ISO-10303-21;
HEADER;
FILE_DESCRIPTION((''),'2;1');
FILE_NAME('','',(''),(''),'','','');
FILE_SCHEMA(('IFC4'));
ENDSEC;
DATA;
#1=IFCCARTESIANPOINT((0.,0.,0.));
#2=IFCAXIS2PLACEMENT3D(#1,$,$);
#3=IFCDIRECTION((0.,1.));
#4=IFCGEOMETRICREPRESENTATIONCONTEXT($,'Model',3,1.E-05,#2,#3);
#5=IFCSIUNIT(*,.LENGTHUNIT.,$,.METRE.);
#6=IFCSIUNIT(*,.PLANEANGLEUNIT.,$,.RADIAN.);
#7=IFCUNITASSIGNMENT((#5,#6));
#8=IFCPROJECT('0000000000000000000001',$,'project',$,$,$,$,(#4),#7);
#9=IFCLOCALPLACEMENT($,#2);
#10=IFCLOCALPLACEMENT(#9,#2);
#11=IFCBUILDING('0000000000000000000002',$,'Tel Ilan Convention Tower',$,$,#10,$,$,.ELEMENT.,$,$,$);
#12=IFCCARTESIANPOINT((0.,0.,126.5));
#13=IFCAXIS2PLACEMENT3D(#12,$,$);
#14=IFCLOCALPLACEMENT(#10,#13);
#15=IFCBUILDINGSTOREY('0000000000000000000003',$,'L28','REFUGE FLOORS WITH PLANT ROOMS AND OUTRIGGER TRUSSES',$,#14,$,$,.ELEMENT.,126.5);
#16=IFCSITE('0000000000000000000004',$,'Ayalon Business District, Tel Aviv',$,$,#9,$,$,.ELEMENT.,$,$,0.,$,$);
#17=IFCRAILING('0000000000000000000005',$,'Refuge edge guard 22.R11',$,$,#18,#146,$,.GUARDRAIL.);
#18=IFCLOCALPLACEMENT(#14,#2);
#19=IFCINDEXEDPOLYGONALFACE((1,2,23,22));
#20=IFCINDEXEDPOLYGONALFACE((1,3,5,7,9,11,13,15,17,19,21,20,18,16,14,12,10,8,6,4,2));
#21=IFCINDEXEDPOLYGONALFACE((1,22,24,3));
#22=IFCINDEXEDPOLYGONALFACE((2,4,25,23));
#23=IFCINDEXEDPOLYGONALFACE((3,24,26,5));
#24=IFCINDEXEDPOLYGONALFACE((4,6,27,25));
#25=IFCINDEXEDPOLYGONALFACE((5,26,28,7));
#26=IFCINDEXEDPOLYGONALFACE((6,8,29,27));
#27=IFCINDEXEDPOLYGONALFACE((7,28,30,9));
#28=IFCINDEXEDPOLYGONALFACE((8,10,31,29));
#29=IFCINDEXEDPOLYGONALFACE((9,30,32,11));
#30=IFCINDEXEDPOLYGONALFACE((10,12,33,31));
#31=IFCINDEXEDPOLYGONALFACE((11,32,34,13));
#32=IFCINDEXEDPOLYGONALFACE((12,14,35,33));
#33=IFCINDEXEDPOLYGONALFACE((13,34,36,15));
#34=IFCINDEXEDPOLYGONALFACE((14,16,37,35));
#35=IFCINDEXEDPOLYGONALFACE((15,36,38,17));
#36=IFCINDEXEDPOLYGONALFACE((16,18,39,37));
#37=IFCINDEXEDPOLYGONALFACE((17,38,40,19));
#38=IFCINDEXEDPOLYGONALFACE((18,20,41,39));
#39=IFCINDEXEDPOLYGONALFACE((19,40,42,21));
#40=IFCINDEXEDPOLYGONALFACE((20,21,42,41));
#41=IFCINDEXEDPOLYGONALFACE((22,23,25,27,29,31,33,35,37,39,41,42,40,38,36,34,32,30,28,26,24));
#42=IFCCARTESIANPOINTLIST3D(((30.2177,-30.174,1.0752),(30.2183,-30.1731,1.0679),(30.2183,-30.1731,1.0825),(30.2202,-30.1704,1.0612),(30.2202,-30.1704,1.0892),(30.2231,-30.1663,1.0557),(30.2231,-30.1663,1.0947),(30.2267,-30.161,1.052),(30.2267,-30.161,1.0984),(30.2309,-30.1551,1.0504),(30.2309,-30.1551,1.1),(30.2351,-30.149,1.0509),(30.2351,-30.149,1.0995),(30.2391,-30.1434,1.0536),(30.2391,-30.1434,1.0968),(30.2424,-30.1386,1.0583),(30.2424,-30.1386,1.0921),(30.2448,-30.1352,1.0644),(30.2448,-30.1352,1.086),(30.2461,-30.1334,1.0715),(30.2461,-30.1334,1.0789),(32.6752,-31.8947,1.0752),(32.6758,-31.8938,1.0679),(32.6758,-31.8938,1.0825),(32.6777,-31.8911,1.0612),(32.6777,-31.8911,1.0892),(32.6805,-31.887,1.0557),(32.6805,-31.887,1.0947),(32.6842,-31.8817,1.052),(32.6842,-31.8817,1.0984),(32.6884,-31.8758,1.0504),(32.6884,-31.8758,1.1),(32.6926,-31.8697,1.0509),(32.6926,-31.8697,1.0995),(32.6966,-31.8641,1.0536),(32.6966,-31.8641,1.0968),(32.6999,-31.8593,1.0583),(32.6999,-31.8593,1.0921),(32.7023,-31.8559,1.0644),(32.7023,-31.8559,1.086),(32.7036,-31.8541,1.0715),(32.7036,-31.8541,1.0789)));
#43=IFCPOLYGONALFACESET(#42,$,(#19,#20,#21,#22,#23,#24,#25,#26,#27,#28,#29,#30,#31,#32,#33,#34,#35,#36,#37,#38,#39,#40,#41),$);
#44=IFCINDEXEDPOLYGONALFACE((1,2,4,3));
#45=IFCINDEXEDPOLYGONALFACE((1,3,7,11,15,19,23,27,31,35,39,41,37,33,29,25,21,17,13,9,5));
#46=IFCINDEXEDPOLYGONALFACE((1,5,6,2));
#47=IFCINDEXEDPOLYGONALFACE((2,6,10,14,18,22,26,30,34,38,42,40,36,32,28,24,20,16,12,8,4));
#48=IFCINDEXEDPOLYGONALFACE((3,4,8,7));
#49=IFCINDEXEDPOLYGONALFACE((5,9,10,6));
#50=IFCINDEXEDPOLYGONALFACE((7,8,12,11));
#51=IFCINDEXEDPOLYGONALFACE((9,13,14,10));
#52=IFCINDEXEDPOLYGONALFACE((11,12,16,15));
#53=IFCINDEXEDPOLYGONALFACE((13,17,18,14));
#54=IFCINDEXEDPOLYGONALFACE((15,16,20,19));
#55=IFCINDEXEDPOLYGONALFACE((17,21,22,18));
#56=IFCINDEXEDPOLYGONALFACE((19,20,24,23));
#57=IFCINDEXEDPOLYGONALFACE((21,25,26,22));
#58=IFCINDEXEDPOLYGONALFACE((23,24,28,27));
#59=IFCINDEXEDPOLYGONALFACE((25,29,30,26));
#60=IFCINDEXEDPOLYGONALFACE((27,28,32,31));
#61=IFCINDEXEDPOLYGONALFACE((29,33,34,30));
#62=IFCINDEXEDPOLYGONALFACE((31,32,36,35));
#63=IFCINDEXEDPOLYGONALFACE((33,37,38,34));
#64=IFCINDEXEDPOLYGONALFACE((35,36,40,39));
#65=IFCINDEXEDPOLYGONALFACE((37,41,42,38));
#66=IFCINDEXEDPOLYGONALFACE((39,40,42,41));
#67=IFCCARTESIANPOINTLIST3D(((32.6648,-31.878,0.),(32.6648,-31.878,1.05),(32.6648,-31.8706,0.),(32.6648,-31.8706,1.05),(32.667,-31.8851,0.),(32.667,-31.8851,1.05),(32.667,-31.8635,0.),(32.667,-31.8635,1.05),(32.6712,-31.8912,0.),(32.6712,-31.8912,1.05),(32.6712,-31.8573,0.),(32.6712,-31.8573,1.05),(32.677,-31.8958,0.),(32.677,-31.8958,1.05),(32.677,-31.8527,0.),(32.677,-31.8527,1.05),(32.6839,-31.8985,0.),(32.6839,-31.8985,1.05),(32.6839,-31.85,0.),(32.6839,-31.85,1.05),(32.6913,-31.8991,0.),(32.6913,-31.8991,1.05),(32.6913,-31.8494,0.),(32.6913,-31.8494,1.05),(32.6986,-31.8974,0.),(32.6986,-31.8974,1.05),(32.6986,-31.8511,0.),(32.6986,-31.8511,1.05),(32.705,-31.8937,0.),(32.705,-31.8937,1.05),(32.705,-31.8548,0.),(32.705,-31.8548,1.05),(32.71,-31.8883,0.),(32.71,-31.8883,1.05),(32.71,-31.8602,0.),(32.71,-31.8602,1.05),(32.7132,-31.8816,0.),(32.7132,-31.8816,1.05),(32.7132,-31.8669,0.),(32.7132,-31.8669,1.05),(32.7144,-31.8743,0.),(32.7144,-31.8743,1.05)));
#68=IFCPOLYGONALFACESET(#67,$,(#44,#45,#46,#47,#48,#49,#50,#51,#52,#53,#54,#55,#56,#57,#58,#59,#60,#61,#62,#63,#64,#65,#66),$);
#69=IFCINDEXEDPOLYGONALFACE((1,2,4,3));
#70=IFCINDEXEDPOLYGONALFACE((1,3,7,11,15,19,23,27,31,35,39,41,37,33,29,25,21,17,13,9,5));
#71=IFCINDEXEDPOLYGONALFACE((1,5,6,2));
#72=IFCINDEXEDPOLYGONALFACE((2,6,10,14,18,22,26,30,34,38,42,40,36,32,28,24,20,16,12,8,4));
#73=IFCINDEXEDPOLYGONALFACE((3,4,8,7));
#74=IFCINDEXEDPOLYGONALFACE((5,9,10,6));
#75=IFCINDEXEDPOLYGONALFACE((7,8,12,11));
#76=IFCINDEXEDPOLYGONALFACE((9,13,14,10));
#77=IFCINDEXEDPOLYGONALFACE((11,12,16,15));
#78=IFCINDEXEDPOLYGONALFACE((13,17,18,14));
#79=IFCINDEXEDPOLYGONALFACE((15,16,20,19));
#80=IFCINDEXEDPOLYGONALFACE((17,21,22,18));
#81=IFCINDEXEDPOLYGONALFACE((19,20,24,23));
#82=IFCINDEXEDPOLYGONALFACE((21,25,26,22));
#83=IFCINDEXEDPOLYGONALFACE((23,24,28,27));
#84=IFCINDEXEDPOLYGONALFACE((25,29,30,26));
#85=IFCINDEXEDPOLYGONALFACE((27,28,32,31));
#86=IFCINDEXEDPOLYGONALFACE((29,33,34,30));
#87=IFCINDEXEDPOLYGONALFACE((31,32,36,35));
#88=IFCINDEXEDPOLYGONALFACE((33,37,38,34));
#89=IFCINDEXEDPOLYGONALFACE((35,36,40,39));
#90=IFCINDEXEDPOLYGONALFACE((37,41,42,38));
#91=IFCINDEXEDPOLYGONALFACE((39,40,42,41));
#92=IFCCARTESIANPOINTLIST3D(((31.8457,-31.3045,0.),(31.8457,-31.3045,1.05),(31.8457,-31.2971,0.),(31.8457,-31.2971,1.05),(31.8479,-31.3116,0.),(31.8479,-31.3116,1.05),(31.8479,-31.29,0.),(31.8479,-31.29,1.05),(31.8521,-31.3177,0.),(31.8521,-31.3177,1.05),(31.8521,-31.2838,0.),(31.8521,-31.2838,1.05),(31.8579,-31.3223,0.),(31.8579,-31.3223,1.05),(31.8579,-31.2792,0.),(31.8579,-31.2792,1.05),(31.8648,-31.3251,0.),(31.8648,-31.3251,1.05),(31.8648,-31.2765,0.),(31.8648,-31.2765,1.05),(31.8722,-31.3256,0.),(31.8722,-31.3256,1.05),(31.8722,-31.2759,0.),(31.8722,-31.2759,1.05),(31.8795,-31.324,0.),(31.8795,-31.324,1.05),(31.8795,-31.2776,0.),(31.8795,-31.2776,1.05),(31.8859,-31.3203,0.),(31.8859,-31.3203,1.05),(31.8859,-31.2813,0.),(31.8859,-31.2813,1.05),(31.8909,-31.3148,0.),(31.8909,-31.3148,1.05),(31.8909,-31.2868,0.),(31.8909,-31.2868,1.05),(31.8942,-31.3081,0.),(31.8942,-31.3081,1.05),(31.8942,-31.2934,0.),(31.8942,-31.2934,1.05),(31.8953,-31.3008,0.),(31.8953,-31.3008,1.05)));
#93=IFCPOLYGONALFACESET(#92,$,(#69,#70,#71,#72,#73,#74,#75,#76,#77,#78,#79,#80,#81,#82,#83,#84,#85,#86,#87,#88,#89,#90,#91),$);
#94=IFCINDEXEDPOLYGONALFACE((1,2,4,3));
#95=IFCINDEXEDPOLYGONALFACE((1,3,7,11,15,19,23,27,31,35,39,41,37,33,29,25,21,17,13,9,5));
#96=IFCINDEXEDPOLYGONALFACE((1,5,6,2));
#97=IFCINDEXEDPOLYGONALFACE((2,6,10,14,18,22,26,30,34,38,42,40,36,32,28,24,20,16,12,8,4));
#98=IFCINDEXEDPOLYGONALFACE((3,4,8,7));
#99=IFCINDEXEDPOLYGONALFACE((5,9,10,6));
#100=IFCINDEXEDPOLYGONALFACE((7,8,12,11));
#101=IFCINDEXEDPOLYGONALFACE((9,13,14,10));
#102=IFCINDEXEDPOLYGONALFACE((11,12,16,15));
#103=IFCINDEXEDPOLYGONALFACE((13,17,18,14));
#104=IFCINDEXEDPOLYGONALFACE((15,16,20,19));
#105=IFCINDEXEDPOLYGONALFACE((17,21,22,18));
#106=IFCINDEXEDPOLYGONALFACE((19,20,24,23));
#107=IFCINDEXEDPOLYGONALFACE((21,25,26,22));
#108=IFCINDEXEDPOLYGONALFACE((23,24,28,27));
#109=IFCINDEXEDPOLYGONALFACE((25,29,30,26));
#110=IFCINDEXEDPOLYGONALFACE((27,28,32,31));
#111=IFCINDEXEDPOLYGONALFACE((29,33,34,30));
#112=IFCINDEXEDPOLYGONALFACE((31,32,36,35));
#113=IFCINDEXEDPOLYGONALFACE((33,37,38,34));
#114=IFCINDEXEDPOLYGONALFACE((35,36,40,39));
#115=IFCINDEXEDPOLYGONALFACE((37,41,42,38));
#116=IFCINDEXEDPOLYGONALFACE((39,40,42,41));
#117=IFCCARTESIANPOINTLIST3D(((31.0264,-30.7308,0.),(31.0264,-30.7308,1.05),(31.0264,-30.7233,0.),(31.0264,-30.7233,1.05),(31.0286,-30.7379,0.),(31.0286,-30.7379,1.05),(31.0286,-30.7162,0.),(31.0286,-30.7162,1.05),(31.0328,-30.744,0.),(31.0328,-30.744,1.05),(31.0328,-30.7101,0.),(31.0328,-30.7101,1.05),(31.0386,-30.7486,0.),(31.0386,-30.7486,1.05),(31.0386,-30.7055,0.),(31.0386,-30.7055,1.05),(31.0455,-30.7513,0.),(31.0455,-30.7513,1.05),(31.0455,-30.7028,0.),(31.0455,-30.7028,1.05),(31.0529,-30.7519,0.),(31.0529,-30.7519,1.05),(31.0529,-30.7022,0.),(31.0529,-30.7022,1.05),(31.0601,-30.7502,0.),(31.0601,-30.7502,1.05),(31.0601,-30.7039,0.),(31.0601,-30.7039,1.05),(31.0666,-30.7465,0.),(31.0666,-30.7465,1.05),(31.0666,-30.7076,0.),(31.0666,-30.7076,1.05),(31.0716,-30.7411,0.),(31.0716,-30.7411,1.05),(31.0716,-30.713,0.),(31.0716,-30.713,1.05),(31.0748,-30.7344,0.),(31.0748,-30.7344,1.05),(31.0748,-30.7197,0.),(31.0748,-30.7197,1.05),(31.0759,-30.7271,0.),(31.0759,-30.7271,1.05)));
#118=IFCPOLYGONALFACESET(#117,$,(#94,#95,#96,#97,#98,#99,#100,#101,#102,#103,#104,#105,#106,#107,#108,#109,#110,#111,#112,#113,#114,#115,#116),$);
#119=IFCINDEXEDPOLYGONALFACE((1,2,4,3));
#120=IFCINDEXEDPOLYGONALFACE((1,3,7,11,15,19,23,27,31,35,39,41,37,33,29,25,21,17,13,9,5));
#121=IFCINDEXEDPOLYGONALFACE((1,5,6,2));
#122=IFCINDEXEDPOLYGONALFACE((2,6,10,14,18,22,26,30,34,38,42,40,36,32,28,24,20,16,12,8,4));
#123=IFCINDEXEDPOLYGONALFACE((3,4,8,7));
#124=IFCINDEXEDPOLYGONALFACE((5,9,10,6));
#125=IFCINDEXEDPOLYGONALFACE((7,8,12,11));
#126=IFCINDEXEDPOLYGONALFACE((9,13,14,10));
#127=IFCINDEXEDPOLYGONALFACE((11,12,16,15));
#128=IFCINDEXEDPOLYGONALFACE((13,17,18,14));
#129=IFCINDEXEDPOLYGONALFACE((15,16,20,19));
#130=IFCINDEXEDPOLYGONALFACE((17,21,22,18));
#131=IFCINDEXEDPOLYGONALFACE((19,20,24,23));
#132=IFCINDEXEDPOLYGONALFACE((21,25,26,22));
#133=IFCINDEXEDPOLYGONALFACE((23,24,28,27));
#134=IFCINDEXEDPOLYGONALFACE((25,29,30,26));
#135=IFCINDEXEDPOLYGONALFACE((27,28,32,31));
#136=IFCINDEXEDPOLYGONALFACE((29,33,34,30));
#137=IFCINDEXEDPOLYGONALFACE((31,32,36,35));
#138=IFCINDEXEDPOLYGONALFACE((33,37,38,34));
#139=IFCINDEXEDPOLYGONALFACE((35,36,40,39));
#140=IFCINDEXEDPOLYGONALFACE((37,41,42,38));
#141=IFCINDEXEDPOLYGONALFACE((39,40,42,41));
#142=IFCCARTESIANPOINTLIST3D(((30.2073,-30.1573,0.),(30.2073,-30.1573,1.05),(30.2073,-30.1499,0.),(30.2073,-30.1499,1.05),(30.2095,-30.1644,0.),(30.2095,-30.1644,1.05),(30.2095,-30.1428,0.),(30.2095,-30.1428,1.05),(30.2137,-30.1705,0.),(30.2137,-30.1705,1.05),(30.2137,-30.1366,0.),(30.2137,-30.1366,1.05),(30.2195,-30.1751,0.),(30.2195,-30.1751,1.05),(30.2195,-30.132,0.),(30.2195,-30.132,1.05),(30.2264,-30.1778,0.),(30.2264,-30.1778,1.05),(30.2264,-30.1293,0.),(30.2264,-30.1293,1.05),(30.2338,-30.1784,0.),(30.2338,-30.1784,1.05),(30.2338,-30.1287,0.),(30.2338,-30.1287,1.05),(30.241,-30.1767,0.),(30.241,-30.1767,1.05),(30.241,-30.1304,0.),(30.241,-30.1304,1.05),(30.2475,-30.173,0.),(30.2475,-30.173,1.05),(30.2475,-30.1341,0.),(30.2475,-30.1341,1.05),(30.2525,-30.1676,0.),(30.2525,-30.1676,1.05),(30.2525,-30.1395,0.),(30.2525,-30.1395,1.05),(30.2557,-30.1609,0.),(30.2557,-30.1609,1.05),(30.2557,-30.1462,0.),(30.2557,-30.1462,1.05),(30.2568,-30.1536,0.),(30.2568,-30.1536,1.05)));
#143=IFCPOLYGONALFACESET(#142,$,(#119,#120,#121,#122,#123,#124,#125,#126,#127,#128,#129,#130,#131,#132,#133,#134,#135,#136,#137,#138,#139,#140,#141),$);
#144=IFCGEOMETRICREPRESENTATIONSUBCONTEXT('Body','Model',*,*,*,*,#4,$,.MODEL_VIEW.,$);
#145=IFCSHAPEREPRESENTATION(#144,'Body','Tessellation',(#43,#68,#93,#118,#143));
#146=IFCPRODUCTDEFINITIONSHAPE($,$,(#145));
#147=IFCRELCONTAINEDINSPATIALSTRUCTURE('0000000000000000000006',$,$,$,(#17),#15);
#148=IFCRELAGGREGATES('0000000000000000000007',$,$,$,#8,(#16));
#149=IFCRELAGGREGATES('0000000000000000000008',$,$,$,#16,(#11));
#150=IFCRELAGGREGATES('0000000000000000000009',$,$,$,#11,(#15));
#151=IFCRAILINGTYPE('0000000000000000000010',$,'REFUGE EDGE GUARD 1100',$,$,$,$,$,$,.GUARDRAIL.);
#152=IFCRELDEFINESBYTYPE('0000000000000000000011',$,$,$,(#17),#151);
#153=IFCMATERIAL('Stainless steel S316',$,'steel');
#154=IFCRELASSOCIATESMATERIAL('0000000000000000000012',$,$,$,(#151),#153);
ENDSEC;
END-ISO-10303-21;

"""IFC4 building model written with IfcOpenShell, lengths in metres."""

from ifc_helpers import new_model, si_unit, direction, frame, origin, origin_2d, place, context, subcontext, project, spatial, circle, extrude, material, type_object, element, save


model = new_model("IFC4")

# Units and contexts
model_context = context("Model", 3, precision=1e-05, world=origin(), true_north=direction((0.0, 1.0)))
body_context = subcontext(model_context, "Body", "Model", "MODEL_VIEW")
ifc_project = project(units=[si_unit("LENGTHUNIT", "METRE"), si_unit("PLANEANGLEUNIT", "RADIAN")], contexts=[model_context])

# Site, building, storey
site_placement = place(None, origin())
site = spatial("IfcSite", under=ifc_project, at=site_placement, Name="Ayalon Business District, Tel Aviv", CompositionType="ELEMENT", RefElevation=0.0)
building_placement = place(site_placement, origin())
building = spatial("IfcBuilding", under=site, at=building_placement, Name="Tel Ilan Convention Tower", CompositionType="ELEMENT")
storey_placement = place(building_placement, frame((0.0, 0.0, 126.5)))
storey = spatial("IfcBuildingStorey", under=building, at=storey_placement, Name="L28", Description="REFUGE FLOORS WITH PLANT ROOMS AND OUTRIGGER TRUSSES", CompositionType="ELEMENT", Elevation=126.5)

# Railing
ifc_material_1 = material(Name="Stainless steel S316", Category="steel")
railing_type = type_object("IfcRailingType", Name="REFUGE EDGE GUARD 1100", PredefinedType="GUARDRAIL", material=ifc_material_1)
railing_1_placement = place(storey_placement, frame((32.6895, -31.8743, 0.0)))
element("IfcRailing", 1, at=railing_1_placement, inside=storey, type_object=railing_type, Name="Refuge edge guard 22.R11", PredefinedType="GUARDRAIL", context=body_context, shape_type="SweptSolid", body=[
    extrude(circle(Radius=0.0249, at=origin_2d()), frame((0.0, 0.0, 1.0752), z_axis=(-0.819163, 0.573561, 0.0), x_axis=(-0.573561, -0.819163, 0.0)), (0.0, 0.0, 1.0), 3.0),
    extrude(circle(Radius=0.0249, at=origin_2d()), origin(), (0.0, 0.0, 1.0), 1.05),
    extrude(circle(Radius=0.0249, at=origin_2d()), frame((-0.8191, 0.5735, 0.0)), (0.0, 0.0, 1.0), 1.05),
    extrude(circle(Radius=0.0249, at=origin_2d()), frame((-1.6384, 1.1472, 0.0)), (0.0, 0.0, 1.0), 1.05),
    extrude(circle(Radius=0.0249, at=origin_2d()), frame((-2.4575, 1.7207, 0.0)), (0.0, 0.0, 1.0), 1.05),
])

save(model, "model.ifc")
